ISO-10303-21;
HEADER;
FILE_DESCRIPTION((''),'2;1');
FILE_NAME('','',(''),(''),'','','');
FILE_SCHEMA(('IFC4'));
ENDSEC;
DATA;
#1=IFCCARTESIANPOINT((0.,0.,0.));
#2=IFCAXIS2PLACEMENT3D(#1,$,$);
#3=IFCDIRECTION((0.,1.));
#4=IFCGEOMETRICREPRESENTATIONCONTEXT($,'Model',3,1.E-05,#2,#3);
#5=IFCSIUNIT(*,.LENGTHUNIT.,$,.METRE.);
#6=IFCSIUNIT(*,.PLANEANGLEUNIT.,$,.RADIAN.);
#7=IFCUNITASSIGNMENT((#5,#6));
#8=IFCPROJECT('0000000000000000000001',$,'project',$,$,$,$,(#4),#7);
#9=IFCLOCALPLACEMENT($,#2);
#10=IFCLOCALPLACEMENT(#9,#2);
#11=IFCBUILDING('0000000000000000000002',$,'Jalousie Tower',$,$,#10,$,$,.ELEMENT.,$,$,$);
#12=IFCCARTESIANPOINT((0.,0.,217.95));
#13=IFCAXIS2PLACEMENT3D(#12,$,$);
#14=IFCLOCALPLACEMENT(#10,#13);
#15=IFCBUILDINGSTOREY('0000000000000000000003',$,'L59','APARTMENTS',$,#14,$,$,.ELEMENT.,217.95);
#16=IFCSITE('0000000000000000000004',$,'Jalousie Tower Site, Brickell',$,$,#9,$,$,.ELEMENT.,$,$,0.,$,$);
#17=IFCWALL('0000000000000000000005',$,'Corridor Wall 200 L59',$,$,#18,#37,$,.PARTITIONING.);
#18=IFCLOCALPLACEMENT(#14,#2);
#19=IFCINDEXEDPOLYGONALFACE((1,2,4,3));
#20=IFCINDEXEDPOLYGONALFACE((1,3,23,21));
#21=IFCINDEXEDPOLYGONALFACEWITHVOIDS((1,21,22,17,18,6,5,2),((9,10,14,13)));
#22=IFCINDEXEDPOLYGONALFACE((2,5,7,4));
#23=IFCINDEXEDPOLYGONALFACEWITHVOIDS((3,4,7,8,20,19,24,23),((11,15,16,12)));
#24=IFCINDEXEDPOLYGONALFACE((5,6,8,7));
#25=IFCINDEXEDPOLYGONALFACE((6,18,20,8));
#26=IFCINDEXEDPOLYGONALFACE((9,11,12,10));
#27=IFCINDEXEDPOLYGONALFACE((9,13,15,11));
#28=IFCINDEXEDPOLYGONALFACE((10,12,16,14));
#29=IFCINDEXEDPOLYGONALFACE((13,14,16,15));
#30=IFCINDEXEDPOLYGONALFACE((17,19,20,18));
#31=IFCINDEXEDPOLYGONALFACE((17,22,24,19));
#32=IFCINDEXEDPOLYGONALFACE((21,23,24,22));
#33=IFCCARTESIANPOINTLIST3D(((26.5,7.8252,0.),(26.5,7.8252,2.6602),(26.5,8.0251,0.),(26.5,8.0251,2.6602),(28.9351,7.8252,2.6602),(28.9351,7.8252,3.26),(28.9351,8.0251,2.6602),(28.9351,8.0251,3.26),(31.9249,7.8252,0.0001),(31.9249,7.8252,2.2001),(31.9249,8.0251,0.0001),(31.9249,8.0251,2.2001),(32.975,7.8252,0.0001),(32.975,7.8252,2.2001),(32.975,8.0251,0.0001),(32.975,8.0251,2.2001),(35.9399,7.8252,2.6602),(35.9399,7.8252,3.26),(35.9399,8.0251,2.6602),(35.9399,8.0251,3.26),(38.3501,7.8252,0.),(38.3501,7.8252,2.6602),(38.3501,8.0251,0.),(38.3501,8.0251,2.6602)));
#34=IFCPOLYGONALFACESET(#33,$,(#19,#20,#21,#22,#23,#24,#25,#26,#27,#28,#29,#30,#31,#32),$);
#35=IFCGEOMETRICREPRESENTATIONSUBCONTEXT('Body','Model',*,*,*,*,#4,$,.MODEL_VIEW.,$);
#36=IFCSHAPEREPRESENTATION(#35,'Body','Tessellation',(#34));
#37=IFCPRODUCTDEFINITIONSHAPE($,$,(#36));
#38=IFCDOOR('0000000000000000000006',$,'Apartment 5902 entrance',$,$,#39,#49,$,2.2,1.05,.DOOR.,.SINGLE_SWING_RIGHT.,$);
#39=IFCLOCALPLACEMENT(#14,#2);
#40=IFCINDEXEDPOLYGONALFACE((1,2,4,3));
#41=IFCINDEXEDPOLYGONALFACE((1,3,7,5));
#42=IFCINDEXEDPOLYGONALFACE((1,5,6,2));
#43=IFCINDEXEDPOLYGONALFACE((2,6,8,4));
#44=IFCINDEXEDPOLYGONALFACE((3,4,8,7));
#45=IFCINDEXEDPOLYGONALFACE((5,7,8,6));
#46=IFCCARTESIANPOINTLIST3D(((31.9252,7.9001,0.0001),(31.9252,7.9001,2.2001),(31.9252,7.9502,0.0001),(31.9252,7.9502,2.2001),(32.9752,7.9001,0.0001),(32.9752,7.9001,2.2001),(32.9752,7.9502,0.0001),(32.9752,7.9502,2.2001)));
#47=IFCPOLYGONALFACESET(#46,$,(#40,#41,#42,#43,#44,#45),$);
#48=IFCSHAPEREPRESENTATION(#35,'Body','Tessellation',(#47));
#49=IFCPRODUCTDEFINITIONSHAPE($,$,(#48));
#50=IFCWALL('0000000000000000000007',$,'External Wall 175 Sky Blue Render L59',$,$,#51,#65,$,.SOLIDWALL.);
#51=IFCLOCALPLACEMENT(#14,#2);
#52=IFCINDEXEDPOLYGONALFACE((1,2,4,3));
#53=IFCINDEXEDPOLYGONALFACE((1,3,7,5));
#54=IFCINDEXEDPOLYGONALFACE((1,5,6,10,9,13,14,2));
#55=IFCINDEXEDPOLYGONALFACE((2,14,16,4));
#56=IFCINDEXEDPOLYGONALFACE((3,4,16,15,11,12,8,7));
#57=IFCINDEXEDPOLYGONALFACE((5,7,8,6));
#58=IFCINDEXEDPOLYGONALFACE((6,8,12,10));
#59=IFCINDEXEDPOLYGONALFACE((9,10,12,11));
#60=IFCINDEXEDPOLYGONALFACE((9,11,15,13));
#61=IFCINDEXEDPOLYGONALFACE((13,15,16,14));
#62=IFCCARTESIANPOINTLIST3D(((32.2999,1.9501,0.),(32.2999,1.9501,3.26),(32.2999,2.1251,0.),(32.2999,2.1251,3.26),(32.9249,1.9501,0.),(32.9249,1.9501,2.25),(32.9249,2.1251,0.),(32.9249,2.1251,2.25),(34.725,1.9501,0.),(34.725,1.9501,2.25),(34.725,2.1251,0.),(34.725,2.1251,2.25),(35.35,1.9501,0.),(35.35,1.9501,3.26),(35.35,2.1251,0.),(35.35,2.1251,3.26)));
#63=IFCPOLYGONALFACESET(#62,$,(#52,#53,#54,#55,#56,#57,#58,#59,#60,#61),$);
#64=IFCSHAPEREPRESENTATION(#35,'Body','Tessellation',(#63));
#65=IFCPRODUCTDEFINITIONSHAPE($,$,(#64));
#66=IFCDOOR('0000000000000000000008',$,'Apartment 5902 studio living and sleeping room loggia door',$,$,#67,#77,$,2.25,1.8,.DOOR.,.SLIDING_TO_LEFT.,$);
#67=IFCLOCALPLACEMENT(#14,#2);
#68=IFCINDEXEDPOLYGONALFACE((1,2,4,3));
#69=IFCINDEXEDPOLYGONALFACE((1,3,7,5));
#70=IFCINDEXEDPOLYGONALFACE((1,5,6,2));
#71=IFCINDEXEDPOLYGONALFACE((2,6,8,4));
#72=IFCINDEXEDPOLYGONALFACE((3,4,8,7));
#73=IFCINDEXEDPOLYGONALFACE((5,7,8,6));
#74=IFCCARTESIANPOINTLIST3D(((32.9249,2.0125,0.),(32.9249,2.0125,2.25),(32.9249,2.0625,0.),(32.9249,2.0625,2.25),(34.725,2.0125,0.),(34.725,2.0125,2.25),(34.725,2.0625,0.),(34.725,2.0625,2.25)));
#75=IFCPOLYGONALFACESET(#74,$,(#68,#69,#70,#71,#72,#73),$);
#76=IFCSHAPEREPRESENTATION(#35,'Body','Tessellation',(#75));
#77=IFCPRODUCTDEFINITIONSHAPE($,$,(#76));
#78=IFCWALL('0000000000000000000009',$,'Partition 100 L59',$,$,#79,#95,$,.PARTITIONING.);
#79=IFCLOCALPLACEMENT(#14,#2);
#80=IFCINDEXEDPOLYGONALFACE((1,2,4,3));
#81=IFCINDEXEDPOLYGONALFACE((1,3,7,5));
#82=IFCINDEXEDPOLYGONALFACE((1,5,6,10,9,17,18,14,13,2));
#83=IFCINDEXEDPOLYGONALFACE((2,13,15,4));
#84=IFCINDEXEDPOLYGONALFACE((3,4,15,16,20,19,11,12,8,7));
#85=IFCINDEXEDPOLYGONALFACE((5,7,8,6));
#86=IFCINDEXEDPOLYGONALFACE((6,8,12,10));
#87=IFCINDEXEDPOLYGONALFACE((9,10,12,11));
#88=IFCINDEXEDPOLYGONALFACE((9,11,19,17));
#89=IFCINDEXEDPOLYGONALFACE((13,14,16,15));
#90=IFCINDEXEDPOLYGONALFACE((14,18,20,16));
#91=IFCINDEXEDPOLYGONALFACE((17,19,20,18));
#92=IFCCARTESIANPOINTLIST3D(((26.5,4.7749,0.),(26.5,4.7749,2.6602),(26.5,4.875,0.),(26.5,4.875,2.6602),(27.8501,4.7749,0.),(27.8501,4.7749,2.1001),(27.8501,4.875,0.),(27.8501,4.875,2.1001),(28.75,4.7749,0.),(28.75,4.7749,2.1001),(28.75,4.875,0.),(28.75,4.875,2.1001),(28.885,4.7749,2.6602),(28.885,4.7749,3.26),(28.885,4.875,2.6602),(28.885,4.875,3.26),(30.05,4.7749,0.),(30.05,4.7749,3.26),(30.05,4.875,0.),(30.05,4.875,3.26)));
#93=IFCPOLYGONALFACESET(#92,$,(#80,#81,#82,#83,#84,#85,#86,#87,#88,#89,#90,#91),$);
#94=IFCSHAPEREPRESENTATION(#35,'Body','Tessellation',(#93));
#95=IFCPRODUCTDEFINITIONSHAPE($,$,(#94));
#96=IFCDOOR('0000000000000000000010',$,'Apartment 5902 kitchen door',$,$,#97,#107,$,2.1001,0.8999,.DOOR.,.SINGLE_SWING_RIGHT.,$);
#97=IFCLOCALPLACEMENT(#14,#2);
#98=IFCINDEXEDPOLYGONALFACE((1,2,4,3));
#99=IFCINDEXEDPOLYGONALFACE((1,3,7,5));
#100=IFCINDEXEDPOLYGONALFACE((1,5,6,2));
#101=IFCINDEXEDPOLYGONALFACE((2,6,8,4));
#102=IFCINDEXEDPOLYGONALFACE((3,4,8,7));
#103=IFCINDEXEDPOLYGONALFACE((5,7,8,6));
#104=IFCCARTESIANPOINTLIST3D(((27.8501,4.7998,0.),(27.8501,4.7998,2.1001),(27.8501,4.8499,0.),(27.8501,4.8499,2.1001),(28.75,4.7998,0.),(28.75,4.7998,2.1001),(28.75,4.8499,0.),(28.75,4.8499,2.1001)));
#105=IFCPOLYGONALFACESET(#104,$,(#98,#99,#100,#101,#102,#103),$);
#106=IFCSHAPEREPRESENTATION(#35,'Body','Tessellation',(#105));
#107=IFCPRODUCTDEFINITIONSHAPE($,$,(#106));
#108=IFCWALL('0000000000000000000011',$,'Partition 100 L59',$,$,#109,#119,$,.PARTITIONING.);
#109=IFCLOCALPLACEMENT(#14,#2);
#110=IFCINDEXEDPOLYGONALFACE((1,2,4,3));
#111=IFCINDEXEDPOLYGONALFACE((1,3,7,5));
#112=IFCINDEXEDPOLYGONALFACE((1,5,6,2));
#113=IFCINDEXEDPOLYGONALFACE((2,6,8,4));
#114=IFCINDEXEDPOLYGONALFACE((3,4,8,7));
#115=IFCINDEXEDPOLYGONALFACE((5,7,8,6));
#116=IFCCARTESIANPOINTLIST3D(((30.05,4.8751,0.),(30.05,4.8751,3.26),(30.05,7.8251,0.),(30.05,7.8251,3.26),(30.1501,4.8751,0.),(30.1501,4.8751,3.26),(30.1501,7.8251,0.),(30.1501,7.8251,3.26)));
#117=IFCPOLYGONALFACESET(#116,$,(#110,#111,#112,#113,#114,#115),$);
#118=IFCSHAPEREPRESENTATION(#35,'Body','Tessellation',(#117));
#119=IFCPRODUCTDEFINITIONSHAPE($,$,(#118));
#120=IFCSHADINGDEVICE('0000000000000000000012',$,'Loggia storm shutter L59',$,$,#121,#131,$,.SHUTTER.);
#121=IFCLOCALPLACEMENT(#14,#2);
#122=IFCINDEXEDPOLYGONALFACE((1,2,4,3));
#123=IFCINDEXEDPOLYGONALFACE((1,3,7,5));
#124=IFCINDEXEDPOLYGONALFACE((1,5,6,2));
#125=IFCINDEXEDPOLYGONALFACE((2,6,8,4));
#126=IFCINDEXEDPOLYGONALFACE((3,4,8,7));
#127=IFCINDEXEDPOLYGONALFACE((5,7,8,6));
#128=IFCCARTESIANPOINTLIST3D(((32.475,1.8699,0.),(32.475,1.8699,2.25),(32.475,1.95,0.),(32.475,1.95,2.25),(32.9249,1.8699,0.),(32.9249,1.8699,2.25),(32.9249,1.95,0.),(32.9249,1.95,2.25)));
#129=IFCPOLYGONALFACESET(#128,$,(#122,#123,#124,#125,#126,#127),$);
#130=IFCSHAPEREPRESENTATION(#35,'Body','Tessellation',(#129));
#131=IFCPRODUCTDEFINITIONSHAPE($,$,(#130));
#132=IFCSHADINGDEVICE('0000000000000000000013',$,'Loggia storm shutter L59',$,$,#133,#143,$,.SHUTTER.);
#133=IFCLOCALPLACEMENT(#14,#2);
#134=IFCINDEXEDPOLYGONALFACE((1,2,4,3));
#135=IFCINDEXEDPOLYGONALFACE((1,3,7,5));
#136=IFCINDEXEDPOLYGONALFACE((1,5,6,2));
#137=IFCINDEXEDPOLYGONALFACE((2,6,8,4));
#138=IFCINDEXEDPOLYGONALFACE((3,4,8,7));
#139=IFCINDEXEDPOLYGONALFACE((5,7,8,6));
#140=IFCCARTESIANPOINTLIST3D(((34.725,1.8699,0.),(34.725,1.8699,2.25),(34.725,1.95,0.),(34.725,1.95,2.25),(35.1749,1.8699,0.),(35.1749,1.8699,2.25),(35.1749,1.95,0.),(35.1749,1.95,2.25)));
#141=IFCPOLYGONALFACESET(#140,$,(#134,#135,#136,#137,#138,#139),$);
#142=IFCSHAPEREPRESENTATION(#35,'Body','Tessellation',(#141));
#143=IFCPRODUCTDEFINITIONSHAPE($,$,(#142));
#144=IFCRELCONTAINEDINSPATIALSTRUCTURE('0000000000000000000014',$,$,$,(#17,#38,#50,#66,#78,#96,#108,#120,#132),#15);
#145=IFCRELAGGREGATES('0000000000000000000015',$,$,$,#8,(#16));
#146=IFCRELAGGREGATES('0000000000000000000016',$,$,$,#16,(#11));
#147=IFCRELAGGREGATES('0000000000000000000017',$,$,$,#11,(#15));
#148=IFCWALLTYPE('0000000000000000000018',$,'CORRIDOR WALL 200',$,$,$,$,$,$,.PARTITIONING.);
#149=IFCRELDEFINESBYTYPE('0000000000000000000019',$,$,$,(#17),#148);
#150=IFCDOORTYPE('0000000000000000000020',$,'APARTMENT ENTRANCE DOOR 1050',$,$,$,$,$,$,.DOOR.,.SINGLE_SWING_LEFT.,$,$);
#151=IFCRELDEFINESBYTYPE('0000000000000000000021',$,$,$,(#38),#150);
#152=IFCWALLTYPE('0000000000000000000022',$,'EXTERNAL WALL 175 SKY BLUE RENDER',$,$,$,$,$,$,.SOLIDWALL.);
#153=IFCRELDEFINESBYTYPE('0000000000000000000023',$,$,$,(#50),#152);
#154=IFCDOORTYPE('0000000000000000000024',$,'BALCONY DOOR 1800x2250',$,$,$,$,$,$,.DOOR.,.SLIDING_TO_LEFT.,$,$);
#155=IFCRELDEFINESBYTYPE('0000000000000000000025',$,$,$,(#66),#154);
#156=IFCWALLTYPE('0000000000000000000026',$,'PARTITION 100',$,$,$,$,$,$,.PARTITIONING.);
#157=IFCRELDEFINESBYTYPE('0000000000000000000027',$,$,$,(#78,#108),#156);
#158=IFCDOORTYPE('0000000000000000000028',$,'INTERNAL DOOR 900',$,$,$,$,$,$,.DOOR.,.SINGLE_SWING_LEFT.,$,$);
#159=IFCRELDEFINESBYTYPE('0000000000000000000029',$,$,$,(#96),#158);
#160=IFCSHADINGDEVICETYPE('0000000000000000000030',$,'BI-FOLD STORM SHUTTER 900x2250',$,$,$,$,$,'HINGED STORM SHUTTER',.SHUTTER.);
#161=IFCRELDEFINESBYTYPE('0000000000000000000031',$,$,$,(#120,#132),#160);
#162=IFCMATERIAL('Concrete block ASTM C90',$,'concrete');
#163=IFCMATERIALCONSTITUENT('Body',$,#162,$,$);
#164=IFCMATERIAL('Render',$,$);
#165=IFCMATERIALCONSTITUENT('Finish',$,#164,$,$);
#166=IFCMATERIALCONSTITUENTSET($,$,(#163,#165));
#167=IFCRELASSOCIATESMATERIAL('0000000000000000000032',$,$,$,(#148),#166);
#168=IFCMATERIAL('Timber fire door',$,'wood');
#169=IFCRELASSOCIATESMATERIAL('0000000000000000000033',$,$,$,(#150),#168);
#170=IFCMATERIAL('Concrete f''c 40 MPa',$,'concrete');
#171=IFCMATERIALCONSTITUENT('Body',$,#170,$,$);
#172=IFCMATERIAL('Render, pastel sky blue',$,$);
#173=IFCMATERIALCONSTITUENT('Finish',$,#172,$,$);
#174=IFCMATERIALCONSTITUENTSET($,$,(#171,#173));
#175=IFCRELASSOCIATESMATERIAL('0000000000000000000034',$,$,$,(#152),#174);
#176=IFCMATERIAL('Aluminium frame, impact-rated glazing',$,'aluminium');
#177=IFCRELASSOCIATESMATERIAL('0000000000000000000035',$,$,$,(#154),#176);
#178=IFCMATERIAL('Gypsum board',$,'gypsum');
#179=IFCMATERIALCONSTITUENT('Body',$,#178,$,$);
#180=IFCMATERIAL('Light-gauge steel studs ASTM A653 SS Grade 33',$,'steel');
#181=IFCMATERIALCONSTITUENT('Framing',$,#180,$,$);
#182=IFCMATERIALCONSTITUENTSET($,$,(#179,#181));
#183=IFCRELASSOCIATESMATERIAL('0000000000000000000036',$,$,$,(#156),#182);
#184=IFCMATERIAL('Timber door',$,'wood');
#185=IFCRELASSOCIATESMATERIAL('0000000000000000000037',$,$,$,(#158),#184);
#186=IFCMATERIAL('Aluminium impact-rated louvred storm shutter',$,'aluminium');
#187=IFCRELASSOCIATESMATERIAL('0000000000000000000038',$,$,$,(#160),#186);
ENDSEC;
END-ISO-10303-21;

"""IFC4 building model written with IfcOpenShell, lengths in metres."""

from ifc_helpers import new_model, si_unit, direction, frame, frame_2d, origin, origin_2d, place, context, subcontext, project, spatial, polyline, rectangle, outline, extrude, material, constituent, constituent_set, type_object, element, fill, save


model = new_model("IFC4")

# Units and contexts
model_context = context("Model", 3, precision=1e-05, world=origin(), true_north=direction((0.0, 1.0)))
body_context = subcontext(model_context, "Body", "Model", "MODEL_VIEW")
ifc_project = project(units=[si_unit("LENGTHUNIT", "METRE"), si_unit("PLANEANGLEUNIT", "RADIAN")], contexts=[model_context])

# Site, building, storey
site_placement = place(None, origin())
site = spatial("IfcSite", under=ifc_project, at=site_placement, Name="Jalousie Tower Site, Brickell", CompositionType="ELEMENT", RefElevation=0.0)
building_placement = place(site_placement, origin())
building = spatial("IfcBuilding", under=site, at=building_placement, Name="Jalousie Tower", CompositionType="ELEMENT")
storey_placement = place(building_placement, frame((0.0, 0.0, 217.95)))
storey = spatial("IfcBuildingStorey", under=building, at=storey_placement, Name="L59", Description="APARTMENTS", CompositionType="ELEMENT", Elevation=217.95)

# Walls, openings, doors
ifc_material_1 = material(Name="Concrete block ASTM C90", Category="concrete")
ifc_constituent_1 = constituent(ifc_material_1, Name="Body")
ifc_material_2 = material(Name="Render")
ifc_constituent_2 = constituent(ifc_material_2, Name="Finish")
ifc_constituent_set_1 = constituent_set(constituents=[ifc_constituent_1, ifc_constituent_2])
wall_type_1 = type_object("IfcWallType", Name="CORRIDOR WALL 200", PredefinedType="PARTITIONING", material=ifc_constituent_set_1)
wall_1_placement = place(storey_placement, frame((26.5, 7.925, 0.0), z_axis=(0.0, 0.0, 1.0), x_axis=(1.0, 0.0, 0.0)))
wall_1 = element("IfcWall", 1, at=wall_1_placement, inside=storey, type_object=wall_type_1, Name="Corridor Wall 200 L59", PredefinedType="PARTITIONING", context=body_context, shape_type="SweptSolid", body=[
    extrude(outline(polyline([(0.0, 0.0), (11.8501, 0.0), (11.8501, 3.26), (11.8501, 2.6602), (9.4399, 2.6602), (9.4399, 3.26), (2.4351, 3.26), (2.4351, 2.6602), (0.0, 2.6602), (0.0, 3.26), (0.0, 0.0)])), frame((0.0, 0.1001, 0.0), z_axis=(0.0, -1.0, 0.0), x_axis=(1.0, 0.0, 0.0)), (0.0, 0.0, 1.0), 0.2),
])
opening_1_placement = place(wall_1_placement, frame((5.425, 0.0, 0.0)))
opening_1 = element("IfcOpeningElement", 2, at=opening_1_placement, cuts=wall_1, PredefinedType="OPENING", context=body_context, shape_type="SweptSolid", body=[
    extrude(rectangle(XDim=1.05, YDim=2.2, at=frame_2d((0.5249, 1.1001))), frame((0.0, 0.1099, 0.0), z_axis=(0.0, -1.0, 0.0), x_axis=(1.0, 0.0, 0.0)), (0.0, 0.0, 1.0), 0.22),
])
ifc_material_3 = material(Name="Timber fire door", Category="wood")
door_type_1 = type_object("IfcDoorType", Name="APARTMENT ENTRANCE DOOR 1050", OperationType="SINGLE_SWING_LEFT", PredefinedType="DOOR", material=ifc_material_3)
door_1_placement = place(opening_1_placement, frame((1.05, 0.0, 0.0), z_axis=(0.0, 0.0, 1.0), x_axis=(-1.0, 0.0, 0.0)))
door_1 = element("IfcDoor", 3, at=door_1_placement, inside=storey, type_object=door_type_1, Name="Apartment 5902 entrance", OperationType="SINGLE_SWING_RIGHT", OverallHeight=2.2, OverallWidth=1.05, PredefinedType="DOOR", context=body_context, shape_type="SweptSolid", body=[
    extrude(rectangle(XDim=1.05, YDim=2.2, at=frame_2d((0.5249, 1.1001))), frame((0.0, 0.0249, 0.0), z_axis=(0.0, -1.0, 0.0), x_axis=(1.0, 0.0, 0.0)), (0.0, 0.0, 1.0), 0.05),
])
fill(opening_1, door_1)
ifc_material_4 = material(Name="Concrete f'c 40 MPa", Category="concrete")
ifc_constituent_3 = constituent(ifc_material_4, Name="Body")
ifc_material_5 = material(Name="Render, pastel sky blue")
ifc_constituent_4 = constituent(ifc_material_5, Name="Finish")
ifc_constituent_set_2 = constituent_set(constituents=[ifc_constituent_3, ifc_constituent_4])
wall_type_2 = type_object("IfcWallType", Name="EXTERNAL WALL 175 SKY BLUE RENDER", PredefinedType="SOLIDWALL", material=ifc_constituent_set_2)
wall_2_placement = place(storey_placement, frame((32.3, 2.0376, 0.0), z_axis=(0.0, 0.0, 1.0), x_axis=(1.0, 0.0, 0.0)))
wall_2 = element("IfcWall", 4, at=wall_2_placement, inside=storey, type_object=wall_type_2, Name="External Wall 175 Sky Blue Render L59", PredefinedType="SOLIDWALL", context=body_context, shape_type="SweptSolid", body=[
    extrude(rectangle(XDim=3.05, YDim=0.175, at=frame_2d((1.5249, 0.0))), origin(), (0.0, 0.0, 1.0), 3.26),
])
opening_2_placement = place(wall_2_placement, frame((0.625, 0.0, 0.0)))
opening_2 = element("IfcOpeningElement", 5, at=opening_2_placement, cuts=wall_2, PredefinedType="OPENING", context=body_context, shape_type="SweptSolid", body=[
    extrude(rectangle(XDim=1.8, YDim=2.25, at=frame_2d((0.8999, 1.125))), frame((0.0, 0.0974, 0.0), z_axis=(0.0, -1.0, 0.0), x_axis=(1.0, 0.0, 0.0)), (0.0, 0.0, 1.0), 0.1951),
])
ifc_material_6 = material(Name="Aluminium frame, impact-rated glazing", Category="aluminium")
door_type_2 = type_object("IfcDoorType", Name="BALCONY DOOR 1800x2250", OperationType="SLIDING_TO_LEFT", PredefinedType="DOOR", material=ifc_material_6)
door_2_placement = place(opening_2_placement, origin())
door_2 = element("IfcDoor", 6, at=door_2_placement, inside=storey, type_object=door_type_2, Name="Apartment 5902 studio living and sleeping room loggia door", OperationType="SLIDING_TO_LEFT", OverallHeight=2.25, OverallWidth=1.8, PredefinedType="DOOR", context=body_context, shape_type="SweptSolid", body=[
    extrude(rectangle(XDim=1.8, YDim=2.25, at=frame_2d((0.8999, 1.125))), frame((0.0, 0.0249, 0.0), z_axis=(0.0, -1.0, 0.0), x_axis=(1.0, 0.0, 0.0)), (0.0, 0.0, 1.0), 0.05),
])
fill(opening_2, door_2)
ifc_material_7 = material(Name="Gypsum board", Category="gypsum")
ifc_constituent_5 = constituent(ifc_material_7, Name="Body")
ifc_material_8 = material(Name="Light-gauge steel studs ASTM A653 SS Grade 33", Category="steel")
ifc_constituent_6 = constituent(ifc_material_8, Name="Framing")
ifc_constituent_set_3 = constituent_set(constituents=[ifc_constituent_5, ifc_constituent_6])
wall_type_3 = type_object("IfcWallType", Name="PARTITION 100", PredefinedType="PARTITIONING", material=ifc_constituent_set_3)
wall_3_placement = place(storey_placement, frame((26.5, 4.825, 0.0), z_axis=(0.0, 0.0, 1.0), x_axis=(1.0, 0.0, 0.0)))
wall_3 = element("IfcWall", 7, at=wall_3_placement, inside=storey, type_object=wall_type_3, Name="Partition 100 L59", PredefinedType="PARTITIONING", context=body_context, shape_type="SweptSolid", body=[
    extrude(outline(polyline([(0.0, 0.0), (3.55, 0.0), (3.55, 3.26), (2.385, 3.26), (2.385, 2.6602), (0.0, 2.6602), (0.0, 3.26), (0.0, 0.0)])), frame((0.0, 0.05, 0.0), z_axis=(0.0, -1.0, 0.0), x_axis=(1.0, 0.0, 0.0)), (0.0, 0.0, 1.0), 0.1001),
])
opening_3_placement = place(wall_3_placement, frame((1.3501, 0.0, 0.0)))
opening_3 = element("IfcOpeningElement", 8, at=opening_3_placement, cuts=wall_3, PredefinedType="OPENING", context=body_context, shape_type="SweptSolid", body=[
    extrude(rectangle(XDim=0.8999, YDim=2.1001, at=frame_2d((0.45, 1.05))), frame((0.0, 0.0601, 0.0), z_axis=(0.0, -1.0, 0.0), x_axis=(1.0, 0.0, 0.0)), (0.0, 0.0, 1.0), 0.1201),
])
ifc_material_9 = material(Name="Timber door", Category="wood")
door_type_3 = type_object("IfcDoorType", Name="INTERNAL DOOR 900", OperationType="SINGLE_SWING_LEFT", PredefinedType="DOOR", material=ifc_material_9)
door_3_placement = place(opening_3_placement, origin())
door_3 = element("IfcDoor", 9, at=door_3_placement, inside=storey, type_object=door_type_3, Name="Apartment 5902 kitchen door", OperationType="SINGLE_SWING_RIGHT", OverallHeight=2.1001, OverallWidth=0.8999, PredefinedType="DOOR", context=body_context, shape_type="SweptSolid", body=[
    extrude(rectangle(XDim=0.8999, YDim=2.1001, at=frame_2d((0.45, 1.05))), frame((0.0, 0.0249, 0.0), z_axis=(0.0, -1.0, 0.0), x_axis=(1.0, 0.0, 0.0)), (0.0, 0.0, 1.0), 0.05),
])
fill(opening_3, door_3)

# Wall
wall_4_placement = place(storey_placement, frame((30.1001, 4.875, 0.0), z_axis=(0.0, 0.0, 1.0), x_axis=(0.0, 1.0, 0.0)))
element("IfcWall", 10, at=wall_4_placement, inside=storey, type_object=wall_type_3, Name="Partition 100 L59", PredefinedType="PARTITIONING", context=body_context, shape_type="SweptSolid", body=[
    extrude(rectangle(XDim=2.95, YDim=0.1001, at=frame_2d((1.4751, 0.0))), origin(), (0.0, 0.0, 1.0), 3.26),
])

# Shading devices
ifc_material_10 = material(Name="Aluminium impact-rated louvred storm shutter", Category="aluminium")
shading_device_type = type_object("IfcShadingDeviceType", Name="BI-FOLD STORM SHUTTER 900x2250", ElementType="HINGED STORM SHUTTER", PredefinedType="SHUTTER", material=ifc_material_10)
for number, where, z_axis, x_axis, name in (
    (11, (32.7, 1.9099, 0.0), (0.0, 0.0, 1.0), (1.0, 0.0, 0.0), "Loggia storm shutter L59"),
    (12, (34.95, 1.9099, 0.0), (0.0, 0.0, 1.0), (1.0, 0.0, 0.0), "Loggia storm shutter L59"),
):
    element("IfcShadingDevice", number, at=place(storey_placement, frame(where, z_axis=z_axis, x_axis=x_axis)), inside=storey, type_object=shading_device_type, Name=name, PredefinedType="SHUTTER", context=body_context, shape_type="SweptSolid", body=[
        extrude(rectangle(XDim=0.45, YDim=0.0801, at=origin_2d()), origin(), (0.0, 0.0, 1.0), 2.25),
    ])

save(model, "model.ifc")
